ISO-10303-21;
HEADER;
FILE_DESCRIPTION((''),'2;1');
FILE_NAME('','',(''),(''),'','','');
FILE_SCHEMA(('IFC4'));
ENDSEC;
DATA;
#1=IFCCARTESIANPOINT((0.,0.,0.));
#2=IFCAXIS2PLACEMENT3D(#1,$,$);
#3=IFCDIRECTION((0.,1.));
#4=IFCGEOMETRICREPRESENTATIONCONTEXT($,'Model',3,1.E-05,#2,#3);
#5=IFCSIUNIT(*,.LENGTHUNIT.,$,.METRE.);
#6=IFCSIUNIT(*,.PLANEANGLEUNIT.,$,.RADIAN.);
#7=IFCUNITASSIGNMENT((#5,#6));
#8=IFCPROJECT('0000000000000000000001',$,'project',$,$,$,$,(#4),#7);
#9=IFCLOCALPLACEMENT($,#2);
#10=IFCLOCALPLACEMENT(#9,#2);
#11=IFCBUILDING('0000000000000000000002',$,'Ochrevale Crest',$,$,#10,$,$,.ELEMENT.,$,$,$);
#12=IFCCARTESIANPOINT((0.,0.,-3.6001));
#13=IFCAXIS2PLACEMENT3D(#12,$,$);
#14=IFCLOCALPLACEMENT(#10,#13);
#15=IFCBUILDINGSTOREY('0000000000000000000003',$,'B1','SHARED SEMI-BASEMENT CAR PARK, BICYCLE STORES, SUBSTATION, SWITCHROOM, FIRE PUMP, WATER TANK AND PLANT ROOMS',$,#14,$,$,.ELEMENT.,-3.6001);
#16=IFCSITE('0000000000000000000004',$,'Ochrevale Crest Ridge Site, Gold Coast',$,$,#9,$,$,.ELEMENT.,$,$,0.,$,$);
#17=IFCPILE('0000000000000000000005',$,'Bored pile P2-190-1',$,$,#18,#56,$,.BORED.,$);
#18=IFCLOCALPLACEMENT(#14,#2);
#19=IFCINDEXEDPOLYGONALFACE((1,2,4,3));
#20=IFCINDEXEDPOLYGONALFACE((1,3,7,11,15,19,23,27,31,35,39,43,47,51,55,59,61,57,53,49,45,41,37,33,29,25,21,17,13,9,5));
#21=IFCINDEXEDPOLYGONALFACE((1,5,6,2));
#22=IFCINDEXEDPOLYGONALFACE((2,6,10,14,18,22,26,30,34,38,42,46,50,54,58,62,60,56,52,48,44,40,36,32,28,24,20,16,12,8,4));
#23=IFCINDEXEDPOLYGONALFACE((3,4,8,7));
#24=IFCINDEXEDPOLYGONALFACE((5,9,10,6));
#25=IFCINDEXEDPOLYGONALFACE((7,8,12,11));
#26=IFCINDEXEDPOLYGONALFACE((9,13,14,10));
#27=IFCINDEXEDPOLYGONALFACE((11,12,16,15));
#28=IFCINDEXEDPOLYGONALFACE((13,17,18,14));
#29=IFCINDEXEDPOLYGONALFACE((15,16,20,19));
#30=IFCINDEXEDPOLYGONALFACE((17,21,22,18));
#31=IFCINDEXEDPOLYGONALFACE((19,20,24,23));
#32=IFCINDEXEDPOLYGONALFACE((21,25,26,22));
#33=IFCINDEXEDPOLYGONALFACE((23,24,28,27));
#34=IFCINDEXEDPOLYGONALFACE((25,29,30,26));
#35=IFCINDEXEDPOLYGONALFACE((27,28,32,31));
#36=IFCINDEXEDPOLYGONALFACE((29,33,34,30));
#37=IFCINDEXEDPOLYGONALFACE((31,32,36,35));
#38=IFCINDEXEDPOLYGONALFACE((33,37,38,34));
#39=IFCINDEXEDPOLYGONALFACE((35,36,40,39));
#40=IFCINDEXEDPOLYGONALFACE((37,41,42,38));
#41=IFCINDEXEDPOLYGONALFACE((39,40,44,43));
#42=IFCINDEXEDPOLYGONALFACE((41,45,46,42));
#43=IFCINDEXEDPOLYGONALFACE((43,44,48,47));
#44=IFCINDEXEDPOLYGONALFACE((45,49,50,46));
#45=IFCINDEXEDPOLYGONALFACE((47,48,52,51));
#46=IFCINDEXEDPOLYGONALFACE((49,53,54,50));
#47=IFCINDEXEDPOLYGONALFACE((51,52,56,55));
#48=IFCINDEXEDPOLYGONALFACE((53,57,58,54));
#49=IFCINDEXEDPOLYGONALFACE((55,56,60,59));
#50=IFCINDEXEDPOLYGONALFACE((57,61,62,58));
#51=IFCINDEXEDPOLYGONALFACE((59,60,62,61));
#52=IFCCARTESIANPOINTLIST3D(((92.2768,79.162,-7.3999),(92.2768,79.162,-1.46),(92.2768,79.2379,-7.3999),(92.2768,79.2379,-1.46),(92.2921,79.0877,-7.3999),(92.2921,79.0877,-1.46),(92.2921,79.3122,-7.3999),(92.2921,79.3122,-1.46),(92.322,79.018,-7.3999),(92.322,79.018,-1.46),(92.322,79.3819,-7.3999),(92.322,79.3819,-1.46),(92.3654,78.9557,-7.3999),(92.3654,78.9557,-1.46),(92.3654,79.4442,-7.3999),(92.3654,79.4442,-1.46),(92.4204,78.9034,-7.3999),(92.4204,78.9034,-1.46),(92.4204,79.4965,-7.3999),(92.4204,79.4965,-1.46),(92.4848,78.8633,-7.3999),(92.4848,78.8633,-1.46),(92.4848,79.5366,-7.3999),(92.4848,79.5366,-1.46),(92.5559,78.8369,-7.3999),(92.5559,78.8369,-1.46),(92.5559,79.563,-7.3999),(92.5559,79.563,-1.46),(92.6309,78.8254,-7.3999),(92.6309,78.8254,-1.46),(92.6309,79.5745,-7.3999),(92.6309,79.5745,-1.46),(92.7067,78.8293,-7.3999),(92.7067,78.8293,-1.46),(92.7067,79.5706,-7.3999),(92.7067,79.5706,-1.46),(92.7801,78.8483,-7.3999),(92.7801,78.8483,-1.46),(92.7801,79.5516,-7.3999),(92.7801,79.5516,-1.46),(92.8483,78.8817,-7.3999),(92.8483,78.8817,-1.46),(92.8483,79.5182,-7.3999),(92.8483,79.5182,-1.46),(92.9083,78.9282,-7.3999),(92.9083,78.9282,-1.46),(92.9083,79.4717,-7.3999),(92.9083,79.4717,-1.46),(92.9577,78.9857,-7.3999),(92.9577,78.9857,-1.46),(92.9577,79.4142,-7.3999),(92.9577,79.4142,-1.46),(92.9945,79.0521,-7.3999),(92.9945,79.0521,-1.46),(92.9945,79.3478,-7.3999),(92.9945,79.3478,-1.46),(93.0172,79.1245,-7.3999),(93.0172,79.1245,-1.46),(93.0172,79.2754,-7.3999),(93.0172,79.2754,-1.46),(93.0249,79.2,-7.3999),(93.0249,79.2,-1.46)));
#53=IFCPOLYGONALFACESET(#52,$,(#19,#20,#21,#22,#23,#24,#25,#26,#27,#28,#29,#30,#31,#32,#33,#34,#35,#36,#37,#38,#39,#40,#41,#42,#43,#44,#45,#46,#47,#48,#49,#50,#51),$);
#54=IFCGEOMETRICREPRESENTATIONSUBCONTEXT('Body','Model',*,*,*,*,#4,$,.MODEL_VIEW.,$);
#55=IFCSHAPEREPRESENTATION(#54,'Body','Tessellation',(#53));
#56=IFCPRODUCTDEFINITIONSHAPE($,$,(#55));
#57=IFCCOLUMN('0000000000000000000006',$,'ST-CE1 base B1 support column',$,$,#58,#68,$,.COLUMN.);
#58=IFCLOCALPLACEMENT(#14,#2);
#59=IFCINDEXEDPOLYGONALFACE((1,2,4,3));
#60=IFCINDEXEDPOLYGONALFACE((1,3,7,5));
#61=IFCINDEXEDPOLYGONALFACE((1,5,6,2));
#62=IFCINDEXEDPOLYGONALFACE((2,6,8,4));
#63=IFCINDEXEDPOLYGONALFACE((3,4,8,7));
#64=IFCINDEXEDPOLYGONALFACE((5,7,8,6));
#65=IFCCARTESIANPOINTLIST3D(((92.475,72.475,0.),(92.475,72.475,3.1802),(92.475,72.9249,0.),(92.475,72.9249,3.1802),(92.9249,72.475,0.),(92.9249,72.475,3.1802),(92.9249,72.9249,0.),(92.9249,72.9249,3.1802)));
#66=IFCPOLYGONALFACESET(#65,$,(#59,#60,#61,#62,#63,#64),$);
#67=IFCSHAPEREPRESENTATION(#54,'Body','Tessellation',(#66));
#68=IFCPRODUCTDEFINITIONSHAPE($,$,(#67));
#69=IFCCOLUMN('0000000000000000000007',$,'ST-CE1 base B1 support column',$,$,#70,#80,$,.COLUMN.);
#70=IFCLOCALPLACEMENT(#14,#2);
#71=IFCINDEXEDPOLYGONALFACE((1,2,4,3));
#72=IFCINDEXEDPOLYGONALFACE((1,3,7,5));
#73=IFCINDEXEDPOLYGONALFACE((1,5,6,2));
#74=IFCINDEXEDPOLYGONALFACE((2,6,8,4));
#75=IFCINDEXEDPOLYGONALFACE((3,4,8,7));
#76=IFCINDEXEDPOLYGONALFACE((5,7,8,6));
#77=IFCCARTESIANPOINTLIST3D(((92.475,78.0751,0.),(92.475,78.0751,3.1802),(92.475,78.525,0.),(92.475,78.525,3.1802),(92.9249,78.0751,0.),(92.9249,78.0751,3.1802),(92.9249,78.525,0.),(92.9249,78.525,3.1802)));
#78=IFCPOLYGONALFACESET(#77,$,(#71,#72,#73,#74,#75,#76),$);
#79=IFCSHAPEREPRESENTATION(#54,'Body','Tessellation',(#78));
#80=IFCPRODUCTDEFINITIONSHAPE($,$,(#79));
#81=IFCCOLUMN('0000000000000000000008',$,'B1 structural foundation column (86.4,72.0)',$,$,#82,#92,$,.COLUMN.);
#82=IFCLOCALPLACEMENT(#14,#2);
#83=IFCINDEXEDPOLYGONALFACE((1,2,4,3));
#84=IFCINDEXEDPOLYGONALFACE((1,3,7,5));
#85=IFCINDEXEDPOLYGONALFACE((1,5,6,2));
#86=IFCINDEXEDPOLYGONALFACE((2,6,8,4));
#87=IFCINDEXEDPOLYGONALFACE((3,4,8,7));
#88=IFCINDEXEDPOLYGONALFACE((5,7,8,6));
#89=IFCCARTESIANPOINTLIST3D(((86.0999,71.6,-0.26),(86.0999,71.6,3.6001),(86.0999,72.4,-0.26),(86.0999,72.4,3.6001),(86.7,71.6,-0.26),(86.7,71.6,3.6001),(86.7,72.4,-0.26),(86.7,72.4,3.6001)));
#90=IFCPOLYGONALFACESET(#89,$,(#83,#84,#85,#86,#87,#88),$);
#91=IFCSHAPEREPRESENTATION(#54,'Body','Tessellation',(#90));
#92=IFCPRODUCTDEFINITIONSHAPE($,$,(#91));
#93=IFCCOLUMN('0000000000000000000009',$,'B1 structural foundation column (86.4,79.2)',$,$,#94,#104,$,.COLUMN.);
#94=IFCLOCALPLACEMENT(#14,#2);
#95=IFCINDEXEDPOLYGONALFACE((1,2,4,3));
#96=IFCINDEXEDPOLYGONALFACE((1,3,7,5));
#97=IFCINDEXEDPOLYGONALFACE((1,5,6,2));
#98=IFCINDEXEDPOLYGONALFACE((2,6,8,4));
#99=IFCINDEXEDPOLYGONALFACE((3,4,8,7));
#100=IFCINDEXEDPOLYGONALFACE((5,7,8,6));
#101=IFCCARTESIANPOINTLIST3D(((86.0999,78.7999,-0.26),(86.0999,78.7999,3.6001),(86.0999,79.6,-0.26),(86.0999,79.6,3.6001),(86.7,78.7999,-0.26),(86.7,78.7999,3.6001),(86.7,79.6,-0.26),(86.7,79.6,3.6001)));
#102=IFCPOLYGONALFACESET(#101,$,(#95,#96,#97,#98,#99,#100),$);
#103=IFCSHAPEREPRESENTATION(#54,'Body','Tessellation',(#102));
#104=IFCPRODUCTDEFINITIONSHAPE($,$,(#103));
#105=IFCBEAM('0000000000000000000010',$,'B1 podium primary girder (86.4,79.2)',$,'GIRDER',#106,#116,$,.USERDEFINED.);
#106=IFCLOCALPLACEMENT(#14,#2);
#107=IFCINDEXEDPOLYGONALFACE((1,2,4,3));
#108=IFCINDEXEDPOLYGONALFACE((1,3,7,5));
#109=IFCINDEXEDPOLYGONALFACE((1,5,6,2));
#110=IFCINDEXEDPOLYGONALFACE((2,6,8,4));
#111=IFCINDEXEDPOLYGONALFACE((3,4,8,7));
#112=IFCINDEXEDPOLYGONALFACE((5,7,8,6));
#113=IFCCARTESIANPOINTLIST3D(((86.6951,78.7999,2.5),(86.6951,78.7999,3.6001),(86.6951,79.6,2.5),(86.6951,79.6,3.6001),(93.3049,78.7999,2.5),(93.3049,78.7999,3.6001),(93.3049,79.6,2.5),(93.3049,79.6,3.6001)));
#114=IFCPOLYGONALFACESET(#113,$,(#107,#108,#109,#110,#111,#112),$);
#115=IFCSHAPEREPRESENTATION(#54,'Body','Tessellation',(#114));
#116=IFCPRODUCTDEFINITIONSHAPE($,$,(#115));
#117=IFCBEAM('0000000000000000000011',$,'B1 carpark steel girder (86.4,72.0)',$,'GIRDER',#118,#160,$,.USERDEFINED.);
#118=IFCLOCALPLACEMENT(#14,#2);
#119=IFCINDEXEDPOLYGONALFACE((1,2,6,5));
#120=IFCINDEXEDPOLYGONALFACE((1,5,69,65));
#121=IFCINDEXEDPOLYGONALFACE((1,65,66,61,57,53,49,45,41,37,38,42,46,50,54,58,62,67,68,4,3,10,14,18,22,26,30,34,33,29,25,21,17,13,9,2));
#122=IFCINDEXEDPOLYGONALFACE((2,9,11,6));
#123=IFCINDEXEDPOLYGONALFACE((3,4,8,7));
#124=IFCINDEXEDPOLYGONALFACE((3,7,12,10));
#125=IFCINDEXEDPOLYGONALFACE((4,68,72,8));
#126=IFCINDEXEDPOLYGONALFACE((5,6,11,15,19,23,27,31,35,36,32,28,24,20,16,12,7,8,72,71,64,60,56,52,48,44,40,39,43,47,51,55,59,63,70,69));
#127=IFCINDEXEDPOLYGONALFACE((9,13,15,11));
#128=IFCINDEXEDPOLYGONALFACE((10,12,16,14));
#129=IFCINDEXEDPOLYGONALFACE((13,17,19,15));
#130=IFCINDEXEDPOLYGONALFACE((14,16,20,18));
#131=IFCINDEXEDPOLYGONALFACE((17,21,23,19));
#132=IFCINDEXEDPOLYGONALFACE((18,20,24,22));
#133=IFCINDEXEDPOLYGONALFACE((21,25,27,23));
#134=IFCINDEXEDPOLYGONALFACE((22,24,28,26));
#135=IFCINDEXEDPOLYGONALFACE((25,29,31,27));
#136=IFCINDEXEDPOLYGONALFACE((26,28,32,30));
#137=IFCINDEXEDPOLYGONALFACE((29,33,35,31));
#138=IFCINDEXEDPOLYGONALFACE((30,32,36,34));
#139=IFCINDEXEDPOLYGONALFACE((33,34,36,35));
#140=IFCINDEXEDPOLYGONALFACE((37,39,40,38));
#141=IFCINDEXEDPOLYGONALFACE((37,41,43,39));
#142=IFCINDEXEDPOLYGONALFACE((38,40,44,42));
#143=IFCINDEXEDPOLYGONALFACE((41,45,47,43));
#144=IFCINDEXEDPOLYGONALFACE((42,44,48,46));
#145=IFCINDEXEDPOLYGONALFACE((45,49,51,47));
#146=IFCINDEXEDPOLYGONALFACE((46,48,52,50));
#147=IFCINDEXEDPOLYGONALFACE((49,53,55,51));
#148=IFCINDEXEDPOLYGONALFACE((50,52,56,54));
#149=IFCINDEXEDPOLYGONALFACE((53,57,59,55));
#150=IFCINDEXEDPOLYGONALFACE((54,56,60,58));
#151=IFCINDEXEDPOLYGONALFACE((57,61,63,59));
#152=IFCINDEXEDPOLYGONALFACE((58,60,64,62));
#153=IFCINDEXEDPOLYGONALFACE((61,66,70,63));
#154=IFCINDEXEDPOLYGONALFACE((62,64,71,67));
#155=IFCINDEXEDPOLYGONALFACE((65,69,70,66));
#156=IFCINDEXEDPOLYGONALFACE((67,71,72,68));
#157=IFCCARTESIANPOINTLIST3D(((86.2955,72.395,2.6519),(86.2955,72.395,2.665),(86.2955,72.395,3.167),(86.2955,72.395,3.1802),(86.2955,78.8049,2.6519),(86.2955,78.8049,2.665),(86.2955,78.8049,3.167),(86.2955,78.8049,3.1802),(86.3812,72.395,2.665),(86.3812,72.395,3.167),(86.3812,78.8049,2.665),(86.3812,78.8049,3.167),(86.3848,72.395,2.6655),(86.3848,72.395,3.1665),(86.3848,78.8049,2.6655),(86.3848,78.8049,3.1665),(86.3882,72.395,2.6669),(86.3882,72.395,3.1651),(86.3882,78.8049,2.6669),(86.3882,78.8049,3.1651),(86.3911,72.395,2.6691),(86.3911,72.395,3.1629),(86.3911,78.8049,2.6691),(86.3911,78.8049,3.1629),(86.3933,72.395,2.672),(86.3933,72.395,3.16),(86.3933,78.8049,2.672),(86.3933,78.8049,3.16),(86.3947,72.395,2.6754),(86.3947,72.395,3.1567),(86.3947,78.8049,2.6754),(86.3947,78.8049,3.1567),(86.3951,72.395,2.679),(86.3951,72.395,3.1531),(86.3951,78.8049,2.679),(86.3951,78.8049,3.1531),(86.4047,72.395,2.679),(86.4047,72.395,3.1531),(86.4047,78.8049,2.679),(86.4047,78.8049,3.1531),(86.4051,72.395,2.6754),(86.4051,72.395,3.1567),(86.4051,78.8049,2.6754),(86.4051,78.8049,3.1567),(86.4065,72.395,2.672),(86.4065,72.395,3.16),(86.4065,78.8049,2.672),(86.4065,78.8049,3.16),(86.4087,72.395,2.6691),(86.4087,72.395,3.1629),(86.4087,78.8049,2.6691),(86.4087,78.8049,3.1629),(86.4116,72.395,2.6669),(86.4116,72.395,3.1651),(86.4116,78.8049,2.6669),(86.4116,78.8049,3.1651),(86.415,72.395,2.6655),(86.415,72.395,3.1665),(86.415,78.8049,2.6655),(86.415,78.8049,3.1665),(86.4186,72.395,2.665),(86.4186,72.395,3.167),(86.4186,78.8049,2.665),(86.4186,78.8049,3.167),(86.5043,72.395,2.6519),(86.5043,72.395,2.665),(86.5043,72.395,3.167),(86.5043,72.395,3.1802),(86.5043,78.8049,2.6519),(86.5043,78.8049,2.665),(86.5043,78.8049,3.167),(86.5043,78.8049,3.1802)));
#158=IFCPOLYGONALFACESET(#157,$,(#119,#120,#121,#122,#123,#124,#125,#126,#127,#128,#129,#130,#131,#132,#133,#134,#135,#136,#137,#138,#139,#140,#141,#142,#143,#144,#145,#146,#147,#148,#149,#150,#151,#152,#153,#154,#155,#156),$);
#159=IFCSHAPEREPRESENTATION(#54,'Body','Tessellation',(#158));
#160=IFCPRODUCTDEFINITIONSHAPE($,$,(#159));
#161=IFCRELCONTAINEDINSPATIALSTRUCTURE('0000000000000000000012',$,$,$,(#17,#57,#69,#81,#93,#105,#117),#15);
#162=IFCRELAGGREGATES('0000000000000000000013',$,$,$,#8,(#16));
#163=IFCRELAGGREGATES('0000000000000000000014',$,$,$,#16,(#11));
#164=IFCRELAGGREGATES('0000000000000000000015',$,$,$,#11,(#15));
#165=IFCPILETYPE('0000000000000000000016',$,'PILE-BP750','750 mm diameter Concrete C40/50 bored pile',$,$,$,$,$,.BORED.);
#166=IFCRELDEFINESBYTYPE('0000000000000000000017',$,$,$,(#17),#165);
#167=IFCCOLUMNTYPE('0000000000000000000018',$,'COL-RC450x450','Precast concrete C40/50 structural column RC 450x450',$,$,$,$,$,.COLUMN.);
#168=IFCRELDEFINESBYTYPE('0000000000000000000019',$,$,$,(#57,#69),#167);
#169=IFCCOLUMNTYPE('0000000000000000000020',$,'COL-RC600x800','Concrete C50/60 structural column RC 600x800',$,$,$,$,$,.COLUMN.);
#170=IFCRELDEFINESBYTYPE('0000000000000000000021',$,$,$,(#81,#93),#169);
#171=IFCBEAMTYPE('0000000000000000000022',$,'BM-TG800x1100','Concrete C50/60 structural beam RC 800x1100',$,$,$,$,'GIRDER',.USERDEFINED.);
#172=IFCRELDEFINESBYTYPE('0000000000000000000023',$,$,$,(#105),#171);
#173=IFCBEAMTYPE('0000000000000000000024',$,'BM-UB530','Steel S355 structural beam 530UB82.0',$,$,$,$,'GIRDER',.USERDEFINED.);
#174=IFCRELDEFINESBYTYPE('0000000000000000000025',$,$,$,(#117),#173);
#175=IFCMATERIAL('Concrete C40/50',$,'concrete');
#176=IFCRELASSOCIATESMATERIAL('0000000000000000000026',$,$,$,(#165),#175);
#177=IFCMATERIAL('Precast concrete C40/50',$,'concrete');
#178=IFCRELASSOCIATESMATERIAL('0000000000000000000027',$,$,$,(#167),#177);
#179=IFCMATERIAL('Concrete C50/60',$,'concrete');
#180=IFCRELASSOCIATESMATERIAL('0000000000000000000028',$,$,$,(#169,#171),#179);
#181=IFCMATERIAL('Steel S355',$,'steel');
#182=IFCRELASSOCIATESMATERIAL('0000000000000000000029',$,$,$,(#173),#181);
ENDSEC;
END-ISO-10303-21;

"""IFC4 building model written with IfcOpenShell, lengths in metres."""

from ifc_helpers import new_model, si_unit, direction, frame, origin, origin_2d, place, context, subcontext, project, spatial, rectangle, circle, i_section, extrude, material, material_profile, profile_set, type_object, element, save


model = new_model("IFC4")

# Units and contexts
model_context = context("Model", 3, precision=1e-05, world=origin(), true_north=direction((0.0, 1.0)))
body_context = subcontext(model_context, "Body", "Model", "MODEL_VIEW")
ifc_project = project(units=[si_unit("LENGTHUNIT", "METRE"), si_unit("PLANEANGLEUNIT", "RADIAN")], contexts=[model_context])

# Site, building, storey
site_placement = place(None, origin())
site = spatial("IfcSite", under=ifc_project, at=site_placement, Name="Ochrevale Crest Ridge Site, Gold Coast", CompositionType="ELEMENT", RefElevation=0.0)
building_placement = place(site_placement, origin())
building = spatial("IfcBuilding", under=site, at=building_placement, Name="Ochrevale Crest", CompositionType="ELEMENT")
storey_placement = place(building_placement, frame((0.0, 0.0, -3.6001)))
storey = spatial("IfcBuildingStorey", under=building, at=storey_placement, Name="B1", Description="SHARED SEMI-BASEMENT CAR PARK, BICYCLE STORES, SUBSTATION, SWITCHROOM, FIRE PUMP, WATER TANK AND PLANT ROOMS", CompositionType="ELEMENT", Elevation=-3.6001)

# Shared definitions
ifc_material_1 = material(Name="Concrete C40/50", Category="concrete")

# Pile
ifc_material_profile_1 = material_profile(ifc_material_1, circle(Radius=0.375, at=origin_2d()), Name="BORED PILE 750")
ifc_profile_set_1 = profile_set([ifc_material_profile_1], Name="Concrete C40/50")
pile_type_1 = type_object("IfcPileType", Name="PILE-BP750", Description="750 mm diameter Concrete C40/50 bored pile", PredefinedType="BORED", material=ifc_profile_set_1)
for number, where, z_axis, x_axis, name in (
    (1, (92.6499, 79.2, -1.46), (0.0, 0.0, -1.0), (1.0, 0.0, 0.0), "Bored pile P2-190-1"),
):
    element("IfcPile", number, at=place(storey_placement, frame(where, z_axis=z_axis, x_axis=x_axis)), inside=storey, type_object=pile_type_1, Name=name, PredefinedType="BORED", context=body_context, shape_type="SweptSolid", body=[
        extrude(circle(Radius=0.375, at=origin_2d()), origin(), (0.0, 0.0, 1.0), 5.9399),
    ])

# Columns
ifc_material_2 = material(Name="Precast concrete C40/50", Category="concrete")
ifc_material_profile_2 = material_profile(ifc_material_2, rectangle(XDim=0.45, YDim=0.45, at=origin_2d()), Name="RC 450x450")
ifc_profile_set_2 = profile_set([ifc_material_profile_2], Name="Precast concrete C40/50")
column_type_1 = type_object("IfcColumnType", Name="COL-RC450x450", Description="Precast concrete C40/50 structural column RC 450x450", PredefinedType="COLUMN", material=ifc_profile_set_2)
for number, where, z_axis, x_axis, name in (
    (2, (92.7, 72.7, 0.0), (0.0, 0.0, 1.0), (1.0, 0.0, 0.0), "ST-CE1 base B1 support column"),
    (3, (92.7, 78.3, 0.0), (0.0, 0.0, 1.0), (1.0, 0.0, 0.0), "ST-CE1 base B1 support column"),
):
    element("IfcColumn", number, at=place(storey_placement, frame(where, z_axis=z_axis, x_axis=x_axis)), inside=storey, type_object=column_type_1, Name=name, PredefinedType="COLUMN", context=body_context, shape_type="SweptSolid", body=[
        extrude(rectangle(XDim=0.45, YDim=0.45, at=origin_2d()), origin(), (0.0, 0.0, 1.0), 3.1802),
    ])
ifc_material_3 = material(Name="Concrete C50/60", Category="concrete")
ifc_material_profile_3 = material_profile(ifc_material_3, rectangle(XDim=0.6001, YDim=0.8, at=origin_2d()), Name="RC 600x800")
ifc_profile_set_3 = profile_set([ifc_material_profile_3], Name="Concrete C50/60")
column_type_2 = type_object("IfcColumnType", Name="COL-RC600x800", Description="Concrete C50/60 structural column RC 600x800", PredefinedType="COLUMN", material=ifc_profile_set_3)
for number, where, z_axis, x_axis, name in (
    (4, (86.3999, 72.0, -0.26), (0.0, 0.0, 1.0), (1.0, 0.0, 0.0), "B1 structural foundation column (86.4,72.0)"),
    (5, (86.3999, 79.2, -0.26), (0.0, 0.0, 1.0), (1.0, 0.0, 0.0), "B1 structural foundation column (86.4,79.2)"),
):
    element("IfcColumn", number, at=place(storey_placement, frame(where, z_axis=z_axis, x_axis=x_axis)), inside=storey, type_object=column_type_2, Name=name, PredefinedType="COLUMN", context=body_context, shape_type="SweptSolid", body=[
        extrude(rectangle(XDim=0.6001, YDim=0.8, at=origin_2d()), origin(), (0.0, 0.0, 1.0), 3.8601),
    ])

# Beams
ifc_material_profile_4 = material_profile(ifc_material_3, rectangle(XDim=0.8, YDim=1.1001, at=origin_2d()), Name="RC 800x1100")
ifc_profile_set_4 = profile_set([ifc_material_profile_4], Name="Concrete C50/60")
beam_type_1 = type_object("IfcBeamType", Name="BM-TG800x1100", Description="Concrete C50/60 structural beam RC 800x1100", ElementType="GIRDER", PredefinedType="USERDEFINED", material=ifc_profile_set_4)
beam_1_placement = place(storey_placement, frame((86.6951, 79.2, 3.05), z_axis=(1.0, 0.0, 0.0), x_axis=(0.0, 1.0, 0.0)))
element("IfcBeam", 6, at=beam_1_placement, inside=storey, type_object=beam_type_1, Name="B1 podium primary girder (86.4,79.2)", ObjectType="GIRDER", PredefinedType="USERDEFINED", context=body_context, shape_type="SweptSolid", body=[
    extrude(rectangle(XDim=0.8, YDim=1.1001, at=origin_2d()), origin(), (0.0, 0.0, 1.0), 6.6099),
])
ifc_material_4 = material(Name="Steel S355", Category="steel")
ifc_material_profile_5 = material_profile(ifc_material_4, i_section(OverallWidth=0.2087, OverallDepth=0.5283, WebThickness=0.0095, FlangeThickness=0.0132, FilletRadius=0.0139, at=origin_2d()), Name="530UB82.0")
ifc_profile_set_5 = profile_set([ifc_material_profile_5], Name="Steel S355")
beam_type_2 = type_object("IfcBeamType", Name="BM-UB530", Description="Steel S355 structural beam 530UB82.0", ElementType="GIRDER", PredefinedType="USERDEFINED", material=ifc_profile_set_5)
beam_2_placement = place(storey_placement, frame((86.3999, 72.395, 2.916), z_axis=(0.0, 1.0, 0.0), x_axis=(-1.0, 0.0, 0.0)))
element("IfcBeam", 7, at=beam_2_placement, inside=storey, type_object=beam_type_2, Name="B1 carpark steel girder (86.4,72.0)", ObjectType="GIRDER", PredefinedType="USERDEFINED", context=body_context, shape_type="SweptSolid", body=[
    extrude(i_section(OverallWidth=0.2087, OverallDepth=0.5283, WebThickness=0.0095, FlangeThickness=0.0132, FilletRadius=0.0139, at=origin_2d()), origin(), (0.0, 0.0, 1.0), 6.4099),
])

save(model, "model.ifc")
